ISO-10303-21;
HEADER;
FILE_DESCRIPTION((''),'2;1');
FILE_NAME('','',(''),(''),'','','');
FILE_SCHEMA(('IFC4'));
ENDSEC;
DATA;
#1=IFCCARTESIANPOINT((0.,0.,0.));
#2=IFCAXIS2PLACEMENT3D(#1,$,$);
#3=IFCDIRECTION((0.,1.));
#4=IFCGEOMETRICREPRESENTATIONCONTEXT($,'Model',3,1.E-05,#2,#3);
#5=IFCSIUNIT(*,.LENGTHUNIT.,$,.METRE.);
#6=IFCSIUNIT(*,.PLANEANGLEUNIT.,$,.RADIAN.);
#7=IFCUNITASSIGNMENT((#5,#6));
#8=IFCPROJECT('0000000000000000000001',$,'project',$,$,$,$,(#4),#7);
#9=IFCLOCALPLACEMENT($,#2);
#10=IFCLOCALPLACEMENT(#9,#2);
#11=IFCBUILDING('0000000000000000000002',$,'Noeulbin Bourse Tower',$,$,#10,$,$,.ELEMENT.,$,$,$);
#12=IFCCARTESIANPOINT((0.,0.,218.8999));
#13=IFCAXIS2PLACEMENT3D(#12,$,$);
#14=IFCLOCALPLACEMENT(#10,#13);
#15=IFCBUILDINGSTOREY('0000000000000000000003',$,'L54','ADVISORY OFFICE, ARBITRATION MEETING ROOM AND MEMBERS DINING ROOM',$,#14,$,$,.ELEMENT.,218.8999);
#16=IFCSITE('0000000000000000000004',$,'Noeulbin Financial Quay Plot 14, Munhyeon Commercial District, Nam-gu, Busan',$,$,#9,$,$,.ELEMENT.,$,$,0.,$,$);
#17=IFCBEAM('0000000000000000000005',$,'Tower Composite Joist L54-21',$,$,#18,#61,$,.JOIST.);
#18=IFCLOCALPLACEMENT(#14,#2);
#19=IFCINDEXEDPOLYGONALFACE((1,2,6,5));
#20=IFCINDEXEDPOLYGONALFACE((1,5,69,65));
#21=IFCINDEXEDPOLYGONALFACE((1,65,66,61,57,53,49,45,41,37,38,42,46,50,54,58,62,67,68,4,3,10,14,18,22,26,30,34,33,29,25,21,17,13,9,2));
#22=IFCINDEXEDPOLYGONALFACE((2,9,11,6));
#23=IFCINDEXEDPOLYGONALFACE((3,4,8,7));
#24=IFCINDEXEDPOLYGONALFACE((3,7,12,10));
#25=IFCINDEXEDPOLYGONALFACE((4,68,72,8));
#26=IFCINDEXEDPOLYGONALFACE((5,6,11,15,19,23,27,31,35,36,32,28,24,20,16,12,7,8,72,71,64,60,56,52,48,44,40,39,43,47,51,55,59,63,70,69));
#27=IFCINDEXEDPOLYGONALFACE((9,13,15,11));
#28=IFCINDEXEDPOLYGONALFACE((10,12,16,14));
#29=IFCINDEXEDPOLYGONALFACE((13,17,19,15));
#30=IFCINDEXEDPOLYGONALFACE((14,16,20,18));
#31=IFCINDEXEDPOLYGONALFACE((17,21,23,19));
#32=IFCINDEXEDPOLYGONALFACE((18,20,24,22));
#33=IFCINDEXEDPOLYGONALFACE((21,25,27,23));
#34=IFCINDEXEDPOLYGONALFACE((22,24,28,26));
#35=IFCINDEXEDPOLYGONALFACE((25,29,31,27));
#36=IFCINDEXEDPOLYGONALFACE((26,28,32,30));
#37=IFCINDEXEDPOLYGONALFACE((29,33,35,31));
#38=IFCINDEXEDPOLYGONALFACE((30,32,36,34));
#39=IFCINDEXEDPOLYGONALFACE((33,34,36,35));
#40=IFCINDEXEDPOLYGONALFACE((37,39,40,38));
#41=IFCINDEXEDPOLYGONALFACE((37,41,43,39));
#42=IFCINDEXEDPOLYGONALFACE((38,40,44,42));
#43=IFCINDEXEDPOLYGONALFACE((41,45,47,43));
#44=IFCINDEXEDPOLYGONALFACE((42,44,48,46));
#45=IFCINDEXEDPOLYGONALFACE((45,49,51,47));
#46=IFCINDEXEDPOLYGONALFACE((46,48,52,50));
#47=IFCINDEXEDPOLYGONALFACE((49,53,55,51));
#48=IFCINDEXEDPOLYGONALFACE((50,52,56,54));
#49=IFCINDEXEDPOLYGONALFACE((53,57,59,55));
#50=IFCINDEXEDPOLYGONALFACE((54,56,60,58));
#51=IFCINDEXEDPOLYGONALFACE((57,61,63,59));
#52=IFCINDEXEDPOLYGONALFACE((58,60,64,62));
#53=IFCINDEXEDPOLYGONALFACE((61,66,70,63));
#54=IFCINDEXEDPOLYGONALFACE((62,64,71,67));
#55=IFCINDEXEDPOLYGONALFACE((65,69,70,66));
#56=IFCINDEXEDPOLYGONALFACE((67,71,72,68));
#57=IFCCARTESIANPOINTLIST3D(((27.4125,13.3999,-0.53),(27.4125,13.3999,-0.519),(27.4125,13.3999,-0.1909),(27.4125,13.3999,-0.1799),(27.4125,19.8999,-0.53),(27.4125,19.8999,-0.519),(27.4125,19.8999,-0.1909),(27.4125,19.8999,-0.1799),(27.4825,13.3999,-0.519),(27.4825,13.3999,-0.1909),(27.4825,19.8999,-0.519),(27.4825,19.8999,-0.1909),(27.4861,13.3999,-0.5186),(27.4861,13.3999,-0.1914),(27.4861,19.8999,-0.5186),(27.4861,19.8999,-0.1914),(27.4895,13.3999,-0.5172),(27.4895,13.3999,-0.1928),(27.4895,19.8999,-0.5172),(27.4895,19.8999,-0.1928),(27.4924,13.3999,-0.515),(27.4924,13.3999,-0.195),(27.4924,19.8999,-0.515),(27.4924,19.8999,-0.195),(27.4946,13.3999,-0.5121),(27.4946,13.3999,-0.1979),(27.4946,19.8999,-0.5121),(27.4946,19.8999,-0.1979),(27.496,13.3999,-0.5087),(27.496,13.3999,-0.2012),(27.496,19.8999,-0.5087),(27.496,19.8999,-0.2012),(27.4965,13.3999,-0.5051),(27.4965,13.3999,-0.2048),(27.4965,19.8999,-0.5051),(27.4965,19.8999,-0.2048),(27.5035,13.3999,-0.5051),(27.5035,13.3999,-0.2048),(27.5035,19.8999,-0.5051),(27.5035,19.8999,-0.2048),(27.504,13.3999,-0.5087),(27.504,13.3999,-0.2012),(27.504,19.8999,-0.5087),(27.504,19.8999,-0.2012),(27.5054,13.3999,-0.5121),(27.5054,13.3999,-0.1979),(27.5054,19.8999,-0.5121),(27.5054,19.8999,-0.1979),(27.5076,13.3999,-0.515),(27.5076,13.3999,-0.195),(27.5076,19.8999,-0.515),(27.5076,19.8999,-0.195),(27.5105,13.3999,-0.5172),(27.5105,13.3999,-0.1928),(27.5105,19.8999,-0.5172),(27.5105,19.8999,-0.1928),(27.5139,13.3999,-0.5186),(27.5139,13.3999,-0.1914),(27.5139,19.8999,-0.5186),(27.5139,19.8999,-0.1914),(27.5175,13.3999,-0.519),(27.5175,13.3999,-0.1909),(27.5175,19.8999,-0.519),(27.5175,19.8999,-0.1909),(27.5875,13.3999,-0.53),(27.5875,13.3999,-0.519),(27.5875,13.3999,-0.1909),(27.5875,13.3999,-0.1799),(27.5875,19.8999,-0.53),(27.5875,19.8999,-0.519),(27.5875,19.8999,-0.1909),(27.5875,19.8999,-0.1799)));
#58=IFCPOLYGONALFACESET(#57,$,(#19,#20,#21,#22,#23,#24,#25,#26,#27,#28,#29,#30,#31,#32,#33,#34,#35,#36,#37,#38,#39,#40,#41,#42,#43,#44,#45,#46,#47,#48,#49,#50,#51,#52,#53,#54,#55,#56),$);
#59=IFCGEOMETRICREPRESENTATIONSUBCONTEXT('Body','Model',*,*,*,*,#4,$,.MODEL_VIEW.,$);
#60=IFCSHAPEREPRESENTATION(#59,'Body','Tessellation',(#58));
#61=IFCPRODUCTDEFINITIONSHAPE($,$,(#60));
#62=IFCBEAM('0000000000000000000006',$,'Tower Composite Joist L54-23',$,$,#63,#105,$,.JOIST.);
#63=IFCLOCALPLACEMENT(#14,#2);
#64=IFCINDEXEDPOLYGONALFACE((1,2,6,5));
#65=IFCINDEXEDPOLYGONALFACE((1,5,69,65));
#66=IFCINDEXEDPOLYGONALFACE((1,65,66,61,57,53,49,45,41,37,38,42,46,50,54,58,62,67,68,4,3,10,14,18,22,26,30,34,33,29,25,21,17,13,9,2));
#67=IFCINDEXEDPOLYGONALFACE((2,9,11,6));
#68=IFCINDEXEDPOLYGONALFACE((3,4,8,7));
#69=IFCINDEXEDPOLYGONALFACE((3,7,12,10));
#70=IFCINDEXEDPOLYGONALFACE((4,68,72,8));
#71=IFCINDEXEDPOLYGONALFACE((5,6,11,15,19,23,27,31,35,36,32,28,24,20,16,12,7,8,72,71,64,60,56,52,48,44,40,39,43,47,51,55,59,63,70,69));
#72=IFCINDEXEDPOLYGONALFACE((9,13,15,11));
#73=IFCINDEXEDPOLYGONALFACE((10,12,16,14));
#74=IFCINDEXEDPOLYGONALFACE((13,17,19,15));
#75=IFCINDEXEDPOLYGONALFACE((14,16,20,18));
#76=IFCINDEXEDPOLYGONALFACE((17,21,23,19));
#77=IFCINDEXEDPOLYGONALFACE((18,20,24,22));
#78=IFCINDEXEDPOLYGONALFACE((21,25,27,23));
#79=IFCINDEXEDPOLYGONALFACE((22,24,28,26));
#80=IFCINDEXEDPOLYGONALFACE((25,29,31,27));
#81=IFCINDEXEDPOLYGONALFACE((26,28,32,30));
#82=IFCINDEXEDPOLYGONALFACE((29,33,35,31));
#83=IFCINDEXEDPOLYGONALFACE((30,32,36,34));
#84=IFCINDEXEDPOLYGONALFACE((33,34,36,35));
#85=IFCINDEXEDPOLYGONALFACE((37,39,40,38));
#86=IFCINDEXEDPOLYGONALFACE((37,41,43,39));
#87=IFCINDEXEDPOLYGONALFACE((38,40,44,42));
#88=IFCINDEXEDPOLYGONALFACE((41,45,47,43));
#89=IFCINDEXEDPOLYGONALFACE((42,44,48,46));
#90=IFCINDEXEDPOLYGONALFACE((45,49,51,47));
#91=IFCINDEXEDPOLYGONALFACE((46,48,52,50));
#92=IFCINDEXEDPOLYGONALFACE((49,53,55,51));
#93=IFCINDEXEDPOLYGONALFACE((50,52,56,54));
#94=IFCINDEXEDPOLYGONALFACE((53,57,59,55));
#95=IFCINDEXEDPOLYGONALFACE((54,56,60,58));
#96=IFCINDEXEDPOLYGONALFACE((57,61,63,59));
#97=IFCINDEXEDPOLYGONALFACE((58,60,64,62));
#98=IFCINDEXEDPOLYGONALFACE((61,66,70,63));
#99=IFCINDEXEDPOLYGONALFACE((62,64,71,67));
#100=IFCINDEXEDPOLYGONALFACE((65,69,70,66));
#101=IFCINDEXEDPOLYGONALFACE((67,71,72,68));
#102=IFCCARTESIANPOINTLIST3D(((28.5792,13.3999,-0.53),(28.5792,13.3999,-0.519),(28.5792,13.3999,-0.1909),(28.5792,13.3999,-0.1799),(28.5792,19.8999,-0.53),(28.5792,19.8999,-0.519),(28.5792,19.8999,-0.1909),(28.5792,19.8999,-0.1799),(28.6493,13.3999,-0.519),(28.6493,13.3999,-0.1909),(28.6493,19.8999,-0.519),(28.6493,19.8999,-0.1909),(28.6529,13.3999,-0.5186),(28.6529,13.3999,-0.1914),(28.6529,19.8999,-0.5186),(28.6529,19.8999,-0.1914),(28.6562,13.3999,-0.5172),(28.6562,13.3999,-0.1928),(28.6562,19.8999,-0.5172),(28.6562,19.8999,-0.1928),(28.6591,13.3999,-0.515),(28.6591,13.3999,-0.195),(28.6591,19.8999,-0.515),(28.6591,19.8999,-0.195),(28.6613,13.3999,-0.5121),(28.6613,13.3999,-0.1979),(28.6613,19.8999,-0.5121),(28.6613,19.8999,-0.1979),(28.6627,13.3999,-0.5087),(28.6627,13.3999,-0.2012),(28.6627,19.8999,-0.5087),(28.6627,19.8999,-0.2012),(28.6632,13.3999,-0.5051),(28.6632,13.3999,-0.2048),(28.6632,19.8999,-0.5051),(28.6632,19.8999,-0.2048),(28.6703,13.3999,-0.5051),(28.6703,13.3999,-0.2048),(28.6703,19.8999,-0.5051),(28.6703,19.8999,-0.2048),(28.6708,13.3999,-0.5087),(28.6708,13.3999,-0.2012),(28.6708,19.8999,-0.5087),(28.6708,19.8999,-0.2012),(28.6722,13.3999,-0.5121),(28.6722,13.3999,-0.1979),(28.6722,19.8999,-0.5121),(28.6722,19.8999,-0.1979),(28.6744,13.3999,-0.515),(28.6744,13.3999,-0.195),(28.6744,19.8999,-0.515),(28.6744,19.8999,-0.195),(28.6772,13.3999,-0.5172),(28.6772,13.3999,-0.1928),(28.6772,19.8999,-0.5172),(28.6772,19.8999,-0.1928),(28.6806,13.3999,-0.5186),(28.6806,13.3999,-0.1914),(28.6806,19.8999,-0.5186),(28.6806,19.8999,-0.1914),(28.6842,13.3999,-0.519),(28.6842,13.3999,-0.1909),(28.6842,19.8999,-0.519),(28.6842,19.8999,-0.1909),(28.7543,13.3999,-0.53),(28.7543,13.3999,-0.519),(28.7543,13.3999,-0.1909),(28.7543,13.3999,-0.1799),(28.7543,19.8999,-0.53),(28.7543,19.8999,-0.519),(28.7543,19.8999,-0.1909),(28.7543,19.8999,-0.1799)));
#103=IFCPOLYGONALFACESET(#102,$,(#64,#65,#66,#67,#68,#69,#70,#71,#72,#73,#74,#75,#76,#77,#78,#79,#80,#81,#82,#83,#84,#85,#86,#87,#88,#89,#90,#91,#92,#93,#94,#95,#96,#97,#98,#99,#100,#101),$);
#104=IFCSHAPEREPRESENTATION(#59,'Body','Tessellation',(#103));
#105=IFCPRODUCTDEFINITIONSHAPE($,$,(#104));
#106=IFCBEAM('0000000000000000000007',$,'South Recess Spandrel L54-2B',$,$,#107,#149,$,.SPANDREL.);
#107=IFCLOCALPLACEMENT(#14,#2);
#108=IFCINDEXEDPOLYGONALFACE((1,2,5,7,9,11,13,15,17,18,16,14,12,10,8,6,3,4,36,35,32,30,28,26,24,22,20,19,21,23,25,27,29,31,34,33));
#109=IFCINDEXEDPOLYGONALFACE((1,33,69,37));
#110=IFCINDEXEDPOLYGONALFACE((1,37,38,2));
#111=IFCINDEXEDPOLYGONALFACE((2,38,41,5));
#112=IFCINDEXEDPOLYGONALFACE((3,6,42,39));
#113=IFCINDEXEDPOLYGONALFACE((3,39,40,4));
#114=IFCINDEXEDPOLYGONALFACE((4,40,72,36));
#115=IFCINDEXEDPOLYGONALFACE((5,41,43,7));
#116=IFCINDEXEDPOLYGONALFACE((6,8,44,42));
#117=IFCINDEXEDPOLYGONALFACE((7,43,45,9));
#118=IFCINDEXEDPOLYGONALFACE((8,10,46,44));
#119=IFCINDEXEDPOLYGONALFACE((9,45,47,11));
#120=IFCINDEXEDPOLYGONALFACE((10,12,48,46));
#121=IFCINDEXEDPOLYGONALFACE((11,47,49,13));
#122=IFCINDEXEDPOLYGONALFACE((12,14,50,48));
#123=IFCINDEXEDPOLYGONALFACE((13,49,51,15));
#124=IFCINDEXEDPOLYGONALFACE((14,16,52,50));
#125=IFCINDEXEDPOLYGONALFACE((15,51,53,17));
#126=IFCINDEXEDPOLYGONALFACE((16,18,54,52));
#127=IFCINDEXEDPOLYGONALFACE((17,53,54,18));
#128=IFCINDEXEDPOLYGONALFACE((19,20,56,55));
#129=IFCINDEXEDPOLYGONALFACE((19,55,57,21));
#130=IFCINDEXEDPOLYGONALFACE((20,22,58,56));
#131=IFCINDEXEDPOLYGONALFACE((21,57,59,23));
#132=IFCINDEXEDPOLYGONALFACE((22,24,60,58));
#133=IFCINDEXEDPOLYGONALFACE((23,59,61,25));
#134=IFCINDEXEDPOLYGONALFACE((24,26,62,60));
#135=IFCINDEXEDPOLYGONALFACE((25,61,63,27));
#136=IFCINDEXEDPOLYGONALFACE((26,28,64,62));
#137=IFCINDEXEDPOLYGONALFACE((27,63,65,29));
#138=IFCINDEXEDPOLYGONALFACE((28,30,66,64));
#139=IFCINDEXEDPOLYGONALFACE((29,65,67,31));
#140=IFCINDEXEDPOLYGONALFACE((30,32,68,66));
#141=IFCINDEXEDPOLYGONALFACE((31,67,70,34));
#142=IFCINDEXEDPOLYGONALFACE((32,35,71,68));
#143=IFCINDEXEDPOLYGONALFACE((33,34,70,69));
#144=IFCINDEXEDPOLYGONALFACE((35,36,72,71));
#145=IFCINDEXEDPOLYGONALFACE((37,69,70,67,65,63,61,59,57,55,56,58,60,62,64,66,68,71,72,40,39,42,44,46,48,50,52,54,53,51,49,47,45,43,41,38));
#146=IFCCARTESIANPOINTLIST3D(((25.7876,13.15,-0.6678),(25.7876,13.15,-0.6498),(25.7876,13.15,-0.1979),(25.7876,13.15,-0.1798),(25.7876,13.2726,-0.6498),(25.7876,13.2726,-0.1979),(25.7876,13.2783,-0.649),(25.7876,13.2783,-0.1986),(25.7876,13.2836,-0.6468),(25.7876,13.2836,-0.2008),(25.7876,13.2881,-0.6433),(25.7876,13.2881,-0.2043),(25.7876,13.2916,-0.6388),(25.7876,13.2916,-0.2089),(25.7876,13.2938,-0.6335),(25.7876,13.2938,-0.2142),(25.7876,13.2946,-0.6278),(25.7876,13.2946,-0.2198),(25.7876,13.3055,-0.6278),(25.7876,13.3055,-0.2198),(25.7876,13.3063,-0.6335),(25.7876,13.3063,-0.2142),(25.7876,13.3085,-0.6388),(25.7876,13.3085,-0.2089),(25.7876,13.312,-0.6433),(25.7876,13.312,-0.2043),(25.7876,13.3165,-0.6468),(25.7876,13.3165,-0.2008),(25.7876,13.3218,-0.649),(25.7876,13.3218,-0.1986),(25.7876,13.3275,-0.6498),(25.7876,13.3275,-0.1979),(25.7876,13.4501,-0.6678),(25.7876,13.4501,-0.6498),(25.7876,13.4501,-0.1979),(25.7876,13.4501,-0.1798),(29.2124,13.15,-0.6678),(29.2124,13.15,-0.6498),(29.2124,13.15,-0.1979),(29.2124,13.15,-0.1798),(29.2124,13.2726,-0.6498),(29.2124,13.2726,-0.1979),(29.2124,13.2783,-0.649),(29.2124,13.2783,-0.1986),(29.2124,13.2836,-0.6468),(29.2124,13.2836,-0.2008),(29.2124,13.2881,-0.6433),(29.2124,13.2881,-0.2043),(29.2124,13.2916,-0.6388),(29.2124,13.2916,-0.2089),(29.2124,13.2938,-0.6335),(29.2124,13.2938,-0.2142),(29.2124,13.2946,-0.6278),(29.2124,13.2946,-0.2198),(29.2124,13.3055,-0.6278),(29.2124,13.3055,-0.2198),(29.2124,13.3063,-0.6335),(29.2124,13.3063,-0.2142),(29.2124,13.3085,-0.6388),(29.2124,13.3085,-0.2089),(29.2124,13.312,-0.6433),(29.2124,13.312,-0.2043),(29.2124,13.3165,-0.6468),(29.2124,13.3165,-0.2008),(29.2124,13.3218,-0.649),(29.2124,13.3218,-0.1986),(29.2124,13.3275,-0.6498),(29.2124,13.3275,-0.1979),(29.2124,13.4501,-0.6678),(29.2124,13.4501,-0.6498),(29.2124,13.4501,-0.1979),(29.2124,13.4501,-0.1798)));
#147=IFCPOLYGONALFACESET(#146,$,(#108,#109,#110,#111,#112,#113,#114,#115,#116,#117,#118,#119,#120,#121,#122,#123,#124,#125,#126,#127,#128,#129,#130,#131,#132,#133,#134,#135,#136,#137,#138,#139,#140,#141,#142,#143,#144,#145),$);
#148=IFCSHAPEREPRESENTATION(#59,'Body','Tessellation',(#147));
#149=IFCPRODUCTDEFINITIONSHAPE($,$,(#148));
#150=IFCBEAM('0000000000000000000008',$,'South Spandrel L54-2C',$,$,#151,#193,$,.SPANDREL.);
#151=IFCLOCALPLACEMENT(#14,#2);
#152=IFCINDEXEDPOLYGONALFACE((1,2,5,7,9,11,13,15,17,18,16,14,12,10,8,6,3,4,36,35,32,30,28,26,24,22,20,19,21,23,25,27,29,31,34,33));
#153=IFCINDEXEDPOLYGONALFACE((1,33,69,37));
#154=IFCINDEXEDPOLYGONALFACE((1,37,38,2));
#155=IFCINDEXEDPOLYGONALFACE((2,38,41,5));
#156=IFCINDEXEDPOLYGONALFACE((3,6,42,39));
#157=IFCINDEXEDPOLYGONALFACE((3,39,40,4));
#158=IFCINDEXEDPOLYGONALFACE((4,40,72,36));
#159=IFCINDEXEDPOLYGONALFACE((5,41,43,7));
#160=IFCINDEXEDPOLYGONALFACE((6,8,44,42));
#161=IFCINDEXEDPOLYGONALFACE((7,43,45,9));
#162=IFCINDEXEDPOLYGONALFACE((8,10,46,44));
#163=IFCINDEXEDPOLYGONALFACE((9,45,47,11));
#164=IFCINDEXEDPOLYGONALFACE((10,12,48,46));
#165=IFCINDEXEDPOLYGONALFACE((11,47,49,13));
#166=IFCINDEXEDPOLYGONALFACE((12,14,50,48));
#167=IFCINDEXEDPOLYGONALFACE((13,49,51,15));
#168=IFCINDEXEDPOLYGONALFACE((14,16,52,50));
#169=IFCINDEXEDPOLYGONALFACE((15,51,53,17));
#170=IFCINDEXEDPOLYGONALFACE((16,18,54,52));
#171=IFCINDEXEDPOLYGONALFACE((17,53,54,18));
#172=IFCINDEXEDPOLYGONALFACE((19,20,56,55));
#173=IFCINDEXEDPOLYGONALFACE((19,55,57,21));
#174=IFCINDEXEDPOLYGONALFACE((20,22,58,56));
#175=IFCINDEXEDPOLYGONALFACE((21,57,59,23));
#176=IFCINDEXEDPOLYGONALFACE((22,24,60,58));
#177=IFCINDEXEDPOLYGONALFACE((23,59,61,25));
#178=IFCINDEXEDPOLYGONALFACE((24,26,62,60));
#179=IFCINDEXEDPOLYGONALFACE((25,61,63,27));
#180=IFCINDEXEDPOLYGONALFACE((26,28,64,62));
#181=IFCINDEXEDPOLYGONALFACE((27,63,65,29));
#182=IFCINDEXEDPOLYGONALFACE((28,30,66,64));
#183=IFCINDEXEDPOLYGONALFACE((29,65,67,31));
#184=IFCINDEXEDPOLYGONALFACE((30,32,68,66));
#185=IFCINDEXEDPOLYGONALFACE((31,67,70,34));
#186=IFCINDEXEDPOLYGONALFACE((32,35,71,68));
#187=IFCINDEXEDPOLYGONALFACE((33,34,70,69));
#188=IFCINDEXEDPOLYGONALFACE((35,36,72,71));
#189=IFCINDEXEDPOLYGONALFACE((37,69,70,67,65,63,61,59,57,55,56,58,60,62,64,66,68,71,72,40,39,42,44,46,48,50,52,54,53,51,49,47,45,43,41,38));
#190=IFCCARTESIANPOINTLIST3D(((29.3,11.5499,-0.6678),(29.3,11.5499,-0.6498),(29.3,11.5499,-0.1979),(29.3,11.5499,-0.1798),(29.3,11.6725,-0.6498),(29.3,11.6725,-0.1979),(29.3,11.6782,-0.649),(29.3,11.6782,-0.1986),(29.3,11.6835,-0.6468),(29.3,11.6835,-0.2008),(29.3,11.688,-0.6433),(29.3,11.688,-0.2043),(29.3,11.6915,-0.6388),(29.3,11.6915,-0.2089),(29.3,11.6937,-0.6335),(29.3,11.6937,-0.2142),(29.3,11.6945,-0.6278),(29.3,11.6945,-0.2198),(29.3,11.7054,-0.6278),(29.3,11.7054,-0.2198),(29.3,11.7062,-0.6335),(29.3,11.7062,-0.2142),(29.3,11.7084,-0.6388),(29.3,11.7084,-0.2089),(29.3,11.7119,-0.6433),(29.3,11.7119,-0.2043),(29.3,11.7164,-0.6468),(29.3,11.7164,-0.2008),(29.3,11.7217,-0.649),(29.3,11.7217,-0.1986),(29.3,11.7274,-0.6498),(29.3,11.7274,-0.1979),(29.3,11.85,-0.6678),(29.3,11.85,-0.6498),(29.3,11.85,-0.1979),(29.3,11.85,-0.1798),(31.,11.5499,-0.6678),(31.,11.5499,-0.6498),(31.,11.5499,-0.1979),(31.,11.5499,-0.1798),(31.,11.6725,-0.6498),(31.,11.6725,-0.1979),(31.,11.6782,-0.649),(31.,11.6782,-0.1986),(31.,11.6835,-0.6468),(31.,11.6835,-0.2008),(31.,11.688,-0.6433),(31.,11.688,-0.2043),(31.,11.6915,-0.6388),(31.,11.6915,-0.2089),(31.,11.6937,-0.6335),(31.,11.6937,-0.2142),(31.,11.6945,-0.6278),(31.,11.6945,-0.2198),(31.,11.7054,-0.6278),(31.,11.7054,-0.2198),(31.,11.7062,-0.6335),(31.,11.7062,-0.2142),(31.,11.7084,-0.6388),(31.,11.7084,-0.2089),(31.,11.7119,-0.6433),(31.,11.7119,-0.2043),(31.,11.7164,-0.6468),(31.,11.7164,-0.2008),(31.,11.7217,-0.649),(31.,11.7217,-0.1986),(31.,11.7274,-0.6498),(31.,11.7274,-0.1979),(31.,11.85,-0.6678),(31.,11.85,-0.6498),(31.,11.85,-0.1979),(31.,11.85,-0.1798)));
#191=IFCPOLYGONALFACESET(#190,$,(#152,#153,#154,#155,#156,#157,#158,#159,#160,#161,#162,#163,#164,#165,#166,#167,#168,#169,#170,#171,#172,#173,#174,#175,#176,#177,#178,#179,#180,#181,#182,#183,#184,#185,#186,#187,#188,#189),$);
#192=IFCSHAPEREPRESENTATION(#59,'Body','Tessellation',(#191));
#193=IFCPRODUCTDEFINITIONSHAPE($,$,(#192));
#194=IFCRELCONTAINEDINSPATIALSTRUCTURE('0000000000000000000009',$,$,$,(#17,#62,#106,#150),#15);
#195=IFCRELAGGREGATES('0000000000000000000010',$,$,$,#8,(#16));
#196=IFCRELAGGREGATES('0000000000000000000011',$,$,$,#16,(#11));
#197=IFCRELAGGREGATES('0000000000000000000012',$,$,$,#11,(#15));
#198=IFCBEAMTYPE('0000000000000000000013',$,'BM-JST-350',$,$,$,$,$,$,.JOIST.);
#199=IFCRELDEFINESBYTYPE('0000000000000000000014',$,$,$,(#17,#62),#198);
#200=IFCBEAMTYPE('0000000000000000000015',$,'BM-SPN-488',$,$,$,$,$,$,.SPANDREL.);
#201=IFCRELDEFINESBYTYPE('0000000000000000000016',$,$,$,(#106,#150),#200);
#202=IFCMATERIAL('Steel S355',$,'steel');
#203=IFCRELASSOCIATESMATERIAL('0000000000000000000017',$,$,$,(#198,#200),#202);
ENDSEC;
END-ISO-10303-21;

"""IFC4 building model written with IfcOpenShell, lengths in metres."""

from ifc_helpers import new_model, si_unit, direction, frame, origin, origin_2d, place, context, subcontext, project, spatial, i_section, extrude, material, material_profile, profile_set, type_object, element, save


model = new_model("IFC4")

# Units and contexts
model_context = context("Model", 3, precision=1e-05, world=origin(), true_north=direction((0.0, 1.0)))
body_context = subcontext(model_context, "Body", "Model", "MODEL_VIEW")
ifc_project = project(units=[si_unit("LENGTHUNIT", "METRE"), si_unit("PLANEANGLEUNIT", "RADIAN")], contexts=[model_context])

# Site, building, storey
site_placement = place(None, origin())
site = spatial("IfcSite", under=ifc_project, at=site_placement, Name="Noeulbin Financial Quay Plot 14, Munhyeon Commercial District, Nam-gu, Busan", CompositionType="ELEMENT", RefElevation=0.0)
building_placement = place(site_placement, origin())
building = spatial("IfcBuilding", under=site, at=building_placement, Name="Noeulbin Bourse Tower", CompositionType="ELEMENT")
storey_placement = place(building_placement, frame((0.0, 0.0, 218.8999)))
storey = spatial("IfcBuildingStorey", under=building, at=storey_placement, Name="L54", Description="ADVISORY OFFICE, ARBITRATION MEETING ROOM AND MEMBERS DINING ROOM", CompositionType="ELEMENT", Elevation=218.8999)

# Beams
ifc_material_1 = material(Name="Steel S355", Category="steel")
ifc_material_profile_1 = material_profile(ifc_material_1, i_section(OverallWidth=0.175, OverallDepth=0.3501, WebThickness=0.0071, FlangeThickness=0.011, FilletRadius=0.0139, at=origin_2d()), Name="H-350x175x7x11", Category="LoadBearing")
ifc_profile_set_1 = profile_set([ifc_material_profile_1], Name="Steel S355")
beam_type_1 = type_object("IfcBeamType", Name="BM-JST-350", PredefinedType="JOIST", material=ifc_profile_set_1)
for number, where, z_axis, x_axis, name in (
    (1, (27.5, 13.3999, -0.355), (0.0, 1.0, 0.0), (-1.0, 0.0, 0.0), "Tower Composite Joist L54-21"),
    (2, (28.6667, 13.3999, -0.355), (0.0, 1.0, 0.0), (-1.0, 0.0, 0.0), "Tower Composite Joist L54-23"),
):
    element("IfcBeam", number, at=place(storey_placement, frame(where, z_axis=z_axis, x_axis=x_axis)), inside=storey, type_object=beam_type_1, Name=name, PredefinedType="JOIST", context=body_context, shape_type="SweptSolid", body=[
        extrude(i_section(OverallWidth=0.175, OverallDepth=0.3501, WebThickness=0.0071, FlangeThickness=0.011, FilletRadius=0.0139, at=origin_2d()), origin(), (0.0, 0.0, 1.0), 6.5),
    ])
ifc_material_profile_2 = material_profile(ifc_material_1, i_section(OverallWidth=0.3, OverallDepth=0.488, WebThickness=0.011, FlangeThickness=0.0181, FilletRadius=0.022, at=origin_2d()), Name="H-488x300x11x18", Category="LoadBearing")
ifc_profile_set_2 = profile_set([ifc_material_profile_2], Name="Steel S355")
beam_type_2 = type_object("IfcBeamType", Name="BM-SPN-488", PredefinedType="SPANDREL", material=ifc_profile_set_2)
beam_1_placement = place(storey_placement, frame((25.7876, 13.3, -0.4238), z_axis=(1.0, 0.0, 0.0), x_axis=(0.0, 1.0, 0.0)))
element("IfcBeam", 3, at=beam_1_placement, inside=storey, type_object=beam_type_2, Name="South Recess Spandrel L54-2B", PredefinedType="SPANDREL", context=body_context, shape_type="SweptSolid", body=[
    extrude(i_section(OverallWidth=0.3, OverallDepth=0.488, WebThickness=0.011, FlangeThickness=0.0181, FilletRadius=0.022, at=origin_2d()), origin(), (0.0, 0.0, 1.0), 3.4248),
])
beam_2_placement = place(storey_placement, frame((29.3, 11.7, -0.4238), z_axis=(1.0, 0.0, 0.0), x_axis=(0.0, 1.0, 0.0)))
element("IfcBeam", 4, at=beam_2_placement, inside=storey, type_object=beam_type_2, Name="South Spandrel L54-2C", PredefinedType="SPANDREL", context=body_context, shape_type="SweptSolid", body=[
    extrude(i_section(OverallWidth=0.3, OverallDepth=0.488, WebThickness=0.011, FlangeThickness=0.0181, FilletRadius=0.022, at=origin_2d()), origin(), (0.0, 0.0, 1.0), 1.7),
])

save(model, "model.ifc")
